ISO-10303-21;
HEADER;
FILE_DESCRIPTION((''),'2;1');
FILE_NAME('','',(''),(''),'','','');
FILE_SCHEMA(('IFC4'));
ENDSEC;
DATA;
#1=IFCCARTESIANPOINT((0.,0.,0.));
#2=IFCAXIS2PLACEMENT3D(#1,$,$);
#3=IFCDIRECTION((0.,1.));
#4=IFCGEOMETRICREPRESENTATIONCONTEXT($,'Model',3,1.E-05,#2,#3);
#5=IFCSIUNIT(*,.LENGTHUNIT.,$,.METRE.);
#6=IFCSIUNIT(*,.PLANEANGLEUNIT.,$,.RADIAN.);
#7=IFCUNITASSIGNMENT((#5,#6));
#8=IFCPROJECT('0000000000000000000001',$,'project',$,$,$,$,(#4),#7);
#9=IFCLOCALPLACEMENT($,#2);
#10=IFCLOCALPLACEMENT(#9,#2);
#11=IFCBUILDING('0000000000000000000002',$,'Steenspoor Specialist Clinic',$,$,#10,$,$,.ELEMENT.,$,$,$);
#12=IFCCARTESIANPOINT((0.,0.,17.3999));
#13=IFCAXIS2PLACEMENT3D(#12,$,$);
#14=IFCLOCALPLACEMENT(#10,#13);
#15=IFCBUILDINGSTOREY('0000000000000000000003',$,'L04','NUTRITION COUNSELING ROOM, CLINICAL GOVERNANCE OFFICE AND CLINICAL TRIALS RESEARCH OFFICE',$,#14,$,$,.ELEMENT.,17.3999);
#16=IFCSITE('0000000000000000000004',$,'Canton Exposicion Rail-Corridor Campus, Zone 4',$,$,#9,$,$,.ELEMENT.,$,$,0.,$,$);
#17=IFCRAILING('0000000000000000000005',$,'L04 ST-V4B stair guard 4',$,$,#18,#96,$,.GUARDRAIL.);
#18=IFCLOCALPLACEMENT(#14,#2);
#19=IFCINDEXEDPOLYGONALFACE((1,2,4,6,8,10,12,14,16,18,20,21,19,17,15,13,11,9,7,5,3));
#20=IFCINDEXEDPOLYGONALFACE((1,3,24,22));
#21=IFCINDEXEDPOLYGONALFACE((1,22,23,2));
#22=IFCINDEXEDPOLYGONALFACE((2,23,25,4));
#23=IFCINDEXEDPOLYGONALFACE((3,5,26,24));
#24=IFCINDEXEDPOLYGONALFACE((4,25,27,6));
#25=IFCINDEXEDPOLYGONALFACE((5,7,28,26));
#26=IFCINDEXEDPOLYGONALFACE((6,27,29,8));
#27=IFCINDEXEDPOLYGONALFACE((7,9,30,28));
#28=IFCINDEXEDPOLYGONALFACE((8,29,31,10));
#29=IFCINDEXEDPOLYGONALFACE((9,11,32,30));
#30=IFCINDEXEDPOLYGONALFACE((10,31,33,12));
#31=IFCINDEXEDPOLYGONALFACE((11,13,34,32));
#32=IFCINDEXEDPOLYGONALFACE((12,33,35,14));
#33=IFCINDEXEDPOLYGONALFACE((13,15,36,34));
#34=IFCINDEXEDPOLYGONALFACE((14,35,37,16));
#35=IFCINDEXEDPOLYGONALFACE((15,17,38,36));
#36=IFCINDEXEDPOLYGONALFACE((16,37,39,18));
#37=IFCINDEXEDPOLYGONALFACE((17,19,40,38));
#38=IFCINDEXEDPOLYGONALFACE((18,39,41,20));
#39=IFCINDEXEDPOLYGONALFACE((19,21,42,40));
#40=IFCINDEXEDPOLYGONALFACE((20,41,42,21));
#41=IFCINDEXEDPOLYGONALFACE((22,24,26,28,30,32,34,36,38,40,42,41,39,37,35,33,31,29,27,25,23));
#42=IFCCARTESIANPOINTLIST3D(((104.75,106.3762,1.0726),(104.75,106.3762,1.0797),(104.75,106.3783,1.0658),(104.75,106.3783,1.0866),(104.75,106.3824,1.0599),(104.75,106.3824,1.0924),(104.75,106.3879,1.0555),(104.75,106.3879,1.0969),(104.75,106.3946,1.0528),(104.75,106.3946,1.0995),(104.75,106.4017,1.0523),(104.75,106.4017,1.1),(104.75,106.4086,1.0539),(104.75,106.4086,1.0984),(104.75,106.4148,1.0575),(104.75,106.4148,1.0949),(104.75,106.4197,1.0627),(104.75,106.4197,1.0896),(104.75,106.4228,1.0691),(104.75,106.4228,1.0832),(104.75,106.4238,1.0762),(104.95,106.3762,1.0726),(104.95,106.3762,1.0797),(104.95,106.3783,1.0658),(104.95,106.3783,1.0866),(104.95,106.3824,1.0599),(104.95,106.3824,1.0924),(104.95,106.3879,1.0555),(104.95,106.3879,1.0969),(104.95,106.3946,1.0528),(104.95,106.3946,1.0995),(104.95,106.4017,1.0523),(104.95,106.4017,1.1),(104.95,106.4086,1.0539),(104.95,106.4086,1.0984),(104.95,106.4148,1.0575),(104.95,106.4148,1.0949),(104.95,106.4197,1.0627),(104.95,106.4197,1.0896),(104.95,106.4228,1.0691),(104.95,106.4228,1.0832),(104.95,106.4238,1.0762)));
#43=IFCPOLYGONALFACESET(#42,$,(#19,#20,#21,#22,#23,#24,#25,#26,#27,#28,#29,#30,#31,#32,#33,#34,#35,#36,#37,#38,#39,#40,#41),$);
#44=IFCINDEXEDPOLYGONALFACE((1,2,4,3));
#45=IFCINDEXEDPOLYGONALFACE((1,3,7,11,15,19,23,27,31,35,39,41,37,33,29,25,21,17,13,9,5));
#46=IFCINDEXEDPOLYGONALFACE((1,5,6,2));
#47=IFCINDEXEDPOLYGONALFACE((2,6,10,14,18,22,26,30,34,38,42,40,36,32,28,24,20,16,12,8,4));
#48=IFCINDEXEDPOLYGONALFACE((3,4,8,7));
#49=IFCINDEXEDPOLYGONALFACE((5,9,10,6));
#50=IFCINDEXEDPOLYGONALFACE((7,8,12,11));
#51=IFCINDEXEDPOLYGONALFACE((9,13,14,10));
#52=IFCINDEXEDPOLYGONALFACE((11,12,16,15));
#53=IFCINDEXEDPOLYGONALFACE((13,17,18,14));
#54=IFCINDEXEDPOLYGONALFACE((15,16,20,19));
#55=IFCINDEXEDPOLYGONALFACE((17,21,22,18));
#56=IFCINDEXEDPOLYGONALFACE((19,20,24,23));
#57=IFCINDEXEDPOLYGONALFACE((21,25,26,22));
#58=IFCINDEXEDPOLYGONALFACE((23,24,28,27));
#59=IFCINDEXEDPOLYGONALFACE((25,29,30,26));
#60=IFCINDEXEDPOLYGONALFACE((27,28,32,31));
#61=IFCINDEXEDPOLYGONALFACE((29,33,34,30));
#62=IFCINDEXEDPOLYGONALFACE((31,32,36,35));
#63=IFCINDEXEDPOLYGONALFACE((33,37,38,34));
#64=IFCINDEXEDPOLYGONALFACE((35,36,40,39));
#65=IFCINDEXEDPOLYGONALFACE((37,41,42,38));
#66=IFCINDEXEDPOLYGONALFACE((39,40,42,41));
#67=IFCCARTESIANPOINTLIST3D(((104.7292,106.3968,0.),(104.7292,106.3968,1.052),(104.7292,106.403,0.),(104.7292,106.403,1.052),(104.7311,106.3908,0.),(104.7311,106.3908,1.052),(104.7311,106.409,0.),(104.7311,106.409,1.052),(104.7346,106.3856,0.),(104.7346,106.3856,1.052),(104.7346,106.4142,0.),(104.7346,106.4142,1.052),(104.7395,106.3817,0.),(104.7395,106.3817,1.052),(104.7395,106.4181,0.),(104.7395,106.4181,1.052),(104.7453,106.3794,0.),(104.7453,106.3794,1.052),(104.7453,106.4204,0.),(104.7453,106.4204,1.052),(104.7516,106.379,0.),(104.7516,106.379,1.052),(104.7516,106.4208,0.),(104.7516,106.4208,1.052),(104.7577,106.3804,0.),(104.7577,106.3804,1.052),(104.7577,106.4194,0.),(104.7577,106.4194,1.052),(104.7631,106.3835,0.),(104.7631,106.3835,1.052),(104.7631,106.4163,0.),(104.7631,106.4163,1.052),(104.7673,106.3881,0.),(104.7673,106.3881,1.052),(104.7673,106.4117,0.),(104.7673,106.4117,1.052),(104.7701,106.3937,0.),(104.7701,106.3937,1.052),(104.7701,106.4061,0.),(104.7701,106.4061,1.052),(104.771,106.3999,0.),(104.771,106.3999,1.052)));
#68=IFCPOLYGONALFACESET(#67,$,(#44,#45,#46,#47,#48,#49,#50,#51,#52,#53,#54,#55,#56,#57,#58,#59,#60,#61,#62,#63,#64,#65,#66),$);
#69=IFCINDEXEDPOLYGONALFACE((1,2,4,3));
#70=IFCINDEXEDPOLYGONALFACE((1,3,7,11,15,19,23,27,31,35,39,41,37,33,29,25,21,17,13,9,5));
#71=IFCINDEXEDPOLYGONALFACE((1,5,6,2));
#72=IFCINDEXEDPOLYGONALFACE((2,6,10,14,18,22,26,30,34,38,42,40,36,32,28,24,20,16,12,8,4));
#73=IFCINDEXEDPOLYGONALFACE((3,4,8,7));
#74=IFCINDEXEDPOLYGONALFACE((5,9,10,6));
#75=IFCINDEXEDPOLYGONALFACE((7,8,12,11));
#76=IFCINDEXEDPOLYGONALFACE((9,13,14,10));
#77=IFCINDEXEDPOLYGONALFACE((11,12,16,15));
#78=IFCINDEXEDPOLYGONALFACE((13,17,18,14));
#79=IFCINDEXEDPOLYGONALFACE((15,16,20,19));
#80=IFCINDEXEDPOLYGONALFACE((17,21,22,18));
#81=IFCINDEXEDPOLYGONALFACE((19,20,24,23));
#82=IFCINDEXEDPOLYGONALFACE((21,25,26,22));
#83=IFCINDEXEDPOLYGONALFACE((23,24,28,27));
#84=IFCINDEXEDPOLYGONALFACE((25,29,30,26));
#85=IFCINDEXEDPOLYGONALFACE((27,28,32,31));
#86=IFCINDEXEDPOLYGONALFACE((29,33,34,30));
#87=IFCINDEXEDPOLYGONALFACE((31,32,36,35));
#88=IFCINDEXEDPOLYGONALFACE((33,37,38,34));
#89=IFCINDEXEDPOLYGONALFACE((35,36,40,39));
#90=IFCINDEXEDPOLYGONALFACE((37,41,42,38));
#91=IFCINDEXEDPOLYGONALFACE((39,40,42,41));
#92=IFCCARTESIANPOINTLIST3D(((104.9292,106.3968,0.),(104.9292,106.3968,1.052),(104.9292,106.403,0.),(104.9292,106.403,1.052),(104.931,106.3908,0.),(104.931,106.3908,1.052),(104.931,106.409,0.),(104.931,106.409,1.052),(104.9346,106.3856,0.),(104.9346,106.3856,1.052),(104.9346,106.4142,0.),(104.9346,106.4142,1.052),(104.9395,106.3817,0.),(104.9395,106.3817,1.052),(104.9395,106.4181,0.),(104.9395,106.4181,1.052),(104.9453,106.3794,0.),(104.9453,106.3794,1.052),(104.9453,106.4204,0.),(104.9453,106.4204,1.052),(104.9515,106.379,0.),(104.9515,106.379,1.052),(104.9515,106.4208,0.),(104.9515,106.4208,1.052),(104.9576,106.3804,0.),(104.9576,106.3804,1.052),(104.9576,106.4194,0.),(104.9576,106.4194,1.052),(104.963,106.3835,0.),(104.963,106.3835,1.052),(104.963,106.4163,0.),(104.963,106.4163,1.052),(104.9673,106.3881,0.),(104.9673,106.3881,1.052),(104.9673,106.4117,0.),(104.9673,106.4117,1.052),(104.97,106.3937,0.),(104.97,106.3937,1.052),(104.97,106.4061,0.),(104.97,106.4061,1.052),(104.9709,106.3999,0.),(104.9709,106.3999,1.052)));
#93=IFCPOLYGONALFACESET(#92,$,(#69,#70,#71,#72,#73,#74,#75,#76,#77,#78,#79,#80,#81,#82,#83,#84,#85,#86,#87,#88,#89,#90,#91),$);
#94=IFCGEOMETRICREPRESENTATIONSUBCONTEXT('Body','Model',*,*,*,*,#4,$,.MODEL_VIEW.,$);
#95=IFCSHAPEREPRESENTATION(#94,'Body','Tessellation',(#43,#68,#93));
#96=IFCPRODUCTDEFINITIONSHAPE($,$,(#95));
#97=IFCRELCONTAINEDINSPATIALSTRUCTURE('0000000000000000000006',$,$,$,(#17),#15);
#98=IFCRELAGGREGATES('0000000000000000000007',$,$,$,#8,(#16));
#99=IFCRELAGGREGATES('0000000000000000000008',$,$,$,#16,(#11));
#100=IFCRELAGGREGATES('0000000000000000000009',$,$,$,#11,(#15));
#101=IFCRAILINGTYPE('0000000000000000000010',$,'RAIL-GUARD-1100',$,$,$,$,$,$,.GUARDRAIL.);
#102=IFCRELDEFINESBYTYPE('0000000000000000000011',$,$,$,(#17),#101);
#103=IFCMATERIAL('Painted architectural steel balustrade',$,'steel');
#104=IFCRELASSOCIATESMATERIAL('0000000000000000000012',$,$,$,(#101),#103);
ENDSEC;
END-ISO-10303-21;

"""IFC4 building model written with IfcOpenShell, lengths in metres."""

from ifc_helpers import new_model, si_unit, direction, frame, origin, origin_2d, place, context, subcontext, project, spatial, circle, extrude, material, type_object, element, save


model = new_model("IFC4")

# Units and contexts
model_context = context("Model", 3, precision=1e-05, world=origin(), true_north=direction((0.0, 1.0)))
body_context = subcontext(model_context, "Body", "Model", "MODEL_VIEW")
ifc_project = project(units=[si_unit("LENGTHUNIT", "METRE"), si_unit("PLANEANGLEUNIT", "RADIAN")], contexts=[model_context])

# Site, building, storey
site_placement = place(None, origin())
site = spatial("IfcSite", under=ifc_project, at=site_placement, Name="Canton Exposicion Rail-Corridor Campus, Zone 4", CompositionType="ELEMENT", RefElevation=0.0)
building_placement = place(site_placement, origin())
building = spatial("IfcBuilding", under=site, at=building_placement, Name="Steenspoor Specialist Clinic", CompositionType="ELEMENT")
storey_placement = place(building_placement, frame((0.0, 0.0, 17.3999)))
storey = spatial("IfcBuildingStorey", under=building, at=storey_placement, Name="L04", Description="NUTRITION COUNSELING ROOM, CLINICAL GOVERNANCE OFFICE AND CLINICAL TRIALS RESEARCH OFFICE", CompositionType="ELEMENT", Elevation=17.3999)

# Railing
ifc_material_1 = material(Name="Painted architectural steel balustrade", Category="steel")
railing_type_1 = type_object("IfcRailingType", Name="RAIL-GUARD-1100", PredefinedType="GUARDRAIL", material=ifc_material_1)
railing_1_placement = place(storey_placement, frame((104.75, 106.3999, 0.0)))
element("IfcRailing", 1, at=railing_1_placement, inside=storey, type_object=railing_type_1, Name="L04 ST-V4B stair guard 4", PredefinedType="GUARDRAIL", context=body_context, shape_type="SweptSolid", body=[
    extrude(circle(Radius=0.0239, at=origin_2d()), frame((0.0, 0.0, 1.0762), z_axis=(1.0, 0.0, 0.0), x_axis=(0.0, 1.0, 0.0)), (0.0, 0.0, 1.0), 0.2),
    extrude(circle(Radius=0.021, at=origin_2d()), origin(), (0.0, 0.0, 1.0), 1.052),
    extrude(circle(Radius=0.021, at=origin_2d()), frame((0.2, 0.0, 0.0)), (0.0, 0.0, 1.0), 1.052),
])

save(model, "model.ifc")
